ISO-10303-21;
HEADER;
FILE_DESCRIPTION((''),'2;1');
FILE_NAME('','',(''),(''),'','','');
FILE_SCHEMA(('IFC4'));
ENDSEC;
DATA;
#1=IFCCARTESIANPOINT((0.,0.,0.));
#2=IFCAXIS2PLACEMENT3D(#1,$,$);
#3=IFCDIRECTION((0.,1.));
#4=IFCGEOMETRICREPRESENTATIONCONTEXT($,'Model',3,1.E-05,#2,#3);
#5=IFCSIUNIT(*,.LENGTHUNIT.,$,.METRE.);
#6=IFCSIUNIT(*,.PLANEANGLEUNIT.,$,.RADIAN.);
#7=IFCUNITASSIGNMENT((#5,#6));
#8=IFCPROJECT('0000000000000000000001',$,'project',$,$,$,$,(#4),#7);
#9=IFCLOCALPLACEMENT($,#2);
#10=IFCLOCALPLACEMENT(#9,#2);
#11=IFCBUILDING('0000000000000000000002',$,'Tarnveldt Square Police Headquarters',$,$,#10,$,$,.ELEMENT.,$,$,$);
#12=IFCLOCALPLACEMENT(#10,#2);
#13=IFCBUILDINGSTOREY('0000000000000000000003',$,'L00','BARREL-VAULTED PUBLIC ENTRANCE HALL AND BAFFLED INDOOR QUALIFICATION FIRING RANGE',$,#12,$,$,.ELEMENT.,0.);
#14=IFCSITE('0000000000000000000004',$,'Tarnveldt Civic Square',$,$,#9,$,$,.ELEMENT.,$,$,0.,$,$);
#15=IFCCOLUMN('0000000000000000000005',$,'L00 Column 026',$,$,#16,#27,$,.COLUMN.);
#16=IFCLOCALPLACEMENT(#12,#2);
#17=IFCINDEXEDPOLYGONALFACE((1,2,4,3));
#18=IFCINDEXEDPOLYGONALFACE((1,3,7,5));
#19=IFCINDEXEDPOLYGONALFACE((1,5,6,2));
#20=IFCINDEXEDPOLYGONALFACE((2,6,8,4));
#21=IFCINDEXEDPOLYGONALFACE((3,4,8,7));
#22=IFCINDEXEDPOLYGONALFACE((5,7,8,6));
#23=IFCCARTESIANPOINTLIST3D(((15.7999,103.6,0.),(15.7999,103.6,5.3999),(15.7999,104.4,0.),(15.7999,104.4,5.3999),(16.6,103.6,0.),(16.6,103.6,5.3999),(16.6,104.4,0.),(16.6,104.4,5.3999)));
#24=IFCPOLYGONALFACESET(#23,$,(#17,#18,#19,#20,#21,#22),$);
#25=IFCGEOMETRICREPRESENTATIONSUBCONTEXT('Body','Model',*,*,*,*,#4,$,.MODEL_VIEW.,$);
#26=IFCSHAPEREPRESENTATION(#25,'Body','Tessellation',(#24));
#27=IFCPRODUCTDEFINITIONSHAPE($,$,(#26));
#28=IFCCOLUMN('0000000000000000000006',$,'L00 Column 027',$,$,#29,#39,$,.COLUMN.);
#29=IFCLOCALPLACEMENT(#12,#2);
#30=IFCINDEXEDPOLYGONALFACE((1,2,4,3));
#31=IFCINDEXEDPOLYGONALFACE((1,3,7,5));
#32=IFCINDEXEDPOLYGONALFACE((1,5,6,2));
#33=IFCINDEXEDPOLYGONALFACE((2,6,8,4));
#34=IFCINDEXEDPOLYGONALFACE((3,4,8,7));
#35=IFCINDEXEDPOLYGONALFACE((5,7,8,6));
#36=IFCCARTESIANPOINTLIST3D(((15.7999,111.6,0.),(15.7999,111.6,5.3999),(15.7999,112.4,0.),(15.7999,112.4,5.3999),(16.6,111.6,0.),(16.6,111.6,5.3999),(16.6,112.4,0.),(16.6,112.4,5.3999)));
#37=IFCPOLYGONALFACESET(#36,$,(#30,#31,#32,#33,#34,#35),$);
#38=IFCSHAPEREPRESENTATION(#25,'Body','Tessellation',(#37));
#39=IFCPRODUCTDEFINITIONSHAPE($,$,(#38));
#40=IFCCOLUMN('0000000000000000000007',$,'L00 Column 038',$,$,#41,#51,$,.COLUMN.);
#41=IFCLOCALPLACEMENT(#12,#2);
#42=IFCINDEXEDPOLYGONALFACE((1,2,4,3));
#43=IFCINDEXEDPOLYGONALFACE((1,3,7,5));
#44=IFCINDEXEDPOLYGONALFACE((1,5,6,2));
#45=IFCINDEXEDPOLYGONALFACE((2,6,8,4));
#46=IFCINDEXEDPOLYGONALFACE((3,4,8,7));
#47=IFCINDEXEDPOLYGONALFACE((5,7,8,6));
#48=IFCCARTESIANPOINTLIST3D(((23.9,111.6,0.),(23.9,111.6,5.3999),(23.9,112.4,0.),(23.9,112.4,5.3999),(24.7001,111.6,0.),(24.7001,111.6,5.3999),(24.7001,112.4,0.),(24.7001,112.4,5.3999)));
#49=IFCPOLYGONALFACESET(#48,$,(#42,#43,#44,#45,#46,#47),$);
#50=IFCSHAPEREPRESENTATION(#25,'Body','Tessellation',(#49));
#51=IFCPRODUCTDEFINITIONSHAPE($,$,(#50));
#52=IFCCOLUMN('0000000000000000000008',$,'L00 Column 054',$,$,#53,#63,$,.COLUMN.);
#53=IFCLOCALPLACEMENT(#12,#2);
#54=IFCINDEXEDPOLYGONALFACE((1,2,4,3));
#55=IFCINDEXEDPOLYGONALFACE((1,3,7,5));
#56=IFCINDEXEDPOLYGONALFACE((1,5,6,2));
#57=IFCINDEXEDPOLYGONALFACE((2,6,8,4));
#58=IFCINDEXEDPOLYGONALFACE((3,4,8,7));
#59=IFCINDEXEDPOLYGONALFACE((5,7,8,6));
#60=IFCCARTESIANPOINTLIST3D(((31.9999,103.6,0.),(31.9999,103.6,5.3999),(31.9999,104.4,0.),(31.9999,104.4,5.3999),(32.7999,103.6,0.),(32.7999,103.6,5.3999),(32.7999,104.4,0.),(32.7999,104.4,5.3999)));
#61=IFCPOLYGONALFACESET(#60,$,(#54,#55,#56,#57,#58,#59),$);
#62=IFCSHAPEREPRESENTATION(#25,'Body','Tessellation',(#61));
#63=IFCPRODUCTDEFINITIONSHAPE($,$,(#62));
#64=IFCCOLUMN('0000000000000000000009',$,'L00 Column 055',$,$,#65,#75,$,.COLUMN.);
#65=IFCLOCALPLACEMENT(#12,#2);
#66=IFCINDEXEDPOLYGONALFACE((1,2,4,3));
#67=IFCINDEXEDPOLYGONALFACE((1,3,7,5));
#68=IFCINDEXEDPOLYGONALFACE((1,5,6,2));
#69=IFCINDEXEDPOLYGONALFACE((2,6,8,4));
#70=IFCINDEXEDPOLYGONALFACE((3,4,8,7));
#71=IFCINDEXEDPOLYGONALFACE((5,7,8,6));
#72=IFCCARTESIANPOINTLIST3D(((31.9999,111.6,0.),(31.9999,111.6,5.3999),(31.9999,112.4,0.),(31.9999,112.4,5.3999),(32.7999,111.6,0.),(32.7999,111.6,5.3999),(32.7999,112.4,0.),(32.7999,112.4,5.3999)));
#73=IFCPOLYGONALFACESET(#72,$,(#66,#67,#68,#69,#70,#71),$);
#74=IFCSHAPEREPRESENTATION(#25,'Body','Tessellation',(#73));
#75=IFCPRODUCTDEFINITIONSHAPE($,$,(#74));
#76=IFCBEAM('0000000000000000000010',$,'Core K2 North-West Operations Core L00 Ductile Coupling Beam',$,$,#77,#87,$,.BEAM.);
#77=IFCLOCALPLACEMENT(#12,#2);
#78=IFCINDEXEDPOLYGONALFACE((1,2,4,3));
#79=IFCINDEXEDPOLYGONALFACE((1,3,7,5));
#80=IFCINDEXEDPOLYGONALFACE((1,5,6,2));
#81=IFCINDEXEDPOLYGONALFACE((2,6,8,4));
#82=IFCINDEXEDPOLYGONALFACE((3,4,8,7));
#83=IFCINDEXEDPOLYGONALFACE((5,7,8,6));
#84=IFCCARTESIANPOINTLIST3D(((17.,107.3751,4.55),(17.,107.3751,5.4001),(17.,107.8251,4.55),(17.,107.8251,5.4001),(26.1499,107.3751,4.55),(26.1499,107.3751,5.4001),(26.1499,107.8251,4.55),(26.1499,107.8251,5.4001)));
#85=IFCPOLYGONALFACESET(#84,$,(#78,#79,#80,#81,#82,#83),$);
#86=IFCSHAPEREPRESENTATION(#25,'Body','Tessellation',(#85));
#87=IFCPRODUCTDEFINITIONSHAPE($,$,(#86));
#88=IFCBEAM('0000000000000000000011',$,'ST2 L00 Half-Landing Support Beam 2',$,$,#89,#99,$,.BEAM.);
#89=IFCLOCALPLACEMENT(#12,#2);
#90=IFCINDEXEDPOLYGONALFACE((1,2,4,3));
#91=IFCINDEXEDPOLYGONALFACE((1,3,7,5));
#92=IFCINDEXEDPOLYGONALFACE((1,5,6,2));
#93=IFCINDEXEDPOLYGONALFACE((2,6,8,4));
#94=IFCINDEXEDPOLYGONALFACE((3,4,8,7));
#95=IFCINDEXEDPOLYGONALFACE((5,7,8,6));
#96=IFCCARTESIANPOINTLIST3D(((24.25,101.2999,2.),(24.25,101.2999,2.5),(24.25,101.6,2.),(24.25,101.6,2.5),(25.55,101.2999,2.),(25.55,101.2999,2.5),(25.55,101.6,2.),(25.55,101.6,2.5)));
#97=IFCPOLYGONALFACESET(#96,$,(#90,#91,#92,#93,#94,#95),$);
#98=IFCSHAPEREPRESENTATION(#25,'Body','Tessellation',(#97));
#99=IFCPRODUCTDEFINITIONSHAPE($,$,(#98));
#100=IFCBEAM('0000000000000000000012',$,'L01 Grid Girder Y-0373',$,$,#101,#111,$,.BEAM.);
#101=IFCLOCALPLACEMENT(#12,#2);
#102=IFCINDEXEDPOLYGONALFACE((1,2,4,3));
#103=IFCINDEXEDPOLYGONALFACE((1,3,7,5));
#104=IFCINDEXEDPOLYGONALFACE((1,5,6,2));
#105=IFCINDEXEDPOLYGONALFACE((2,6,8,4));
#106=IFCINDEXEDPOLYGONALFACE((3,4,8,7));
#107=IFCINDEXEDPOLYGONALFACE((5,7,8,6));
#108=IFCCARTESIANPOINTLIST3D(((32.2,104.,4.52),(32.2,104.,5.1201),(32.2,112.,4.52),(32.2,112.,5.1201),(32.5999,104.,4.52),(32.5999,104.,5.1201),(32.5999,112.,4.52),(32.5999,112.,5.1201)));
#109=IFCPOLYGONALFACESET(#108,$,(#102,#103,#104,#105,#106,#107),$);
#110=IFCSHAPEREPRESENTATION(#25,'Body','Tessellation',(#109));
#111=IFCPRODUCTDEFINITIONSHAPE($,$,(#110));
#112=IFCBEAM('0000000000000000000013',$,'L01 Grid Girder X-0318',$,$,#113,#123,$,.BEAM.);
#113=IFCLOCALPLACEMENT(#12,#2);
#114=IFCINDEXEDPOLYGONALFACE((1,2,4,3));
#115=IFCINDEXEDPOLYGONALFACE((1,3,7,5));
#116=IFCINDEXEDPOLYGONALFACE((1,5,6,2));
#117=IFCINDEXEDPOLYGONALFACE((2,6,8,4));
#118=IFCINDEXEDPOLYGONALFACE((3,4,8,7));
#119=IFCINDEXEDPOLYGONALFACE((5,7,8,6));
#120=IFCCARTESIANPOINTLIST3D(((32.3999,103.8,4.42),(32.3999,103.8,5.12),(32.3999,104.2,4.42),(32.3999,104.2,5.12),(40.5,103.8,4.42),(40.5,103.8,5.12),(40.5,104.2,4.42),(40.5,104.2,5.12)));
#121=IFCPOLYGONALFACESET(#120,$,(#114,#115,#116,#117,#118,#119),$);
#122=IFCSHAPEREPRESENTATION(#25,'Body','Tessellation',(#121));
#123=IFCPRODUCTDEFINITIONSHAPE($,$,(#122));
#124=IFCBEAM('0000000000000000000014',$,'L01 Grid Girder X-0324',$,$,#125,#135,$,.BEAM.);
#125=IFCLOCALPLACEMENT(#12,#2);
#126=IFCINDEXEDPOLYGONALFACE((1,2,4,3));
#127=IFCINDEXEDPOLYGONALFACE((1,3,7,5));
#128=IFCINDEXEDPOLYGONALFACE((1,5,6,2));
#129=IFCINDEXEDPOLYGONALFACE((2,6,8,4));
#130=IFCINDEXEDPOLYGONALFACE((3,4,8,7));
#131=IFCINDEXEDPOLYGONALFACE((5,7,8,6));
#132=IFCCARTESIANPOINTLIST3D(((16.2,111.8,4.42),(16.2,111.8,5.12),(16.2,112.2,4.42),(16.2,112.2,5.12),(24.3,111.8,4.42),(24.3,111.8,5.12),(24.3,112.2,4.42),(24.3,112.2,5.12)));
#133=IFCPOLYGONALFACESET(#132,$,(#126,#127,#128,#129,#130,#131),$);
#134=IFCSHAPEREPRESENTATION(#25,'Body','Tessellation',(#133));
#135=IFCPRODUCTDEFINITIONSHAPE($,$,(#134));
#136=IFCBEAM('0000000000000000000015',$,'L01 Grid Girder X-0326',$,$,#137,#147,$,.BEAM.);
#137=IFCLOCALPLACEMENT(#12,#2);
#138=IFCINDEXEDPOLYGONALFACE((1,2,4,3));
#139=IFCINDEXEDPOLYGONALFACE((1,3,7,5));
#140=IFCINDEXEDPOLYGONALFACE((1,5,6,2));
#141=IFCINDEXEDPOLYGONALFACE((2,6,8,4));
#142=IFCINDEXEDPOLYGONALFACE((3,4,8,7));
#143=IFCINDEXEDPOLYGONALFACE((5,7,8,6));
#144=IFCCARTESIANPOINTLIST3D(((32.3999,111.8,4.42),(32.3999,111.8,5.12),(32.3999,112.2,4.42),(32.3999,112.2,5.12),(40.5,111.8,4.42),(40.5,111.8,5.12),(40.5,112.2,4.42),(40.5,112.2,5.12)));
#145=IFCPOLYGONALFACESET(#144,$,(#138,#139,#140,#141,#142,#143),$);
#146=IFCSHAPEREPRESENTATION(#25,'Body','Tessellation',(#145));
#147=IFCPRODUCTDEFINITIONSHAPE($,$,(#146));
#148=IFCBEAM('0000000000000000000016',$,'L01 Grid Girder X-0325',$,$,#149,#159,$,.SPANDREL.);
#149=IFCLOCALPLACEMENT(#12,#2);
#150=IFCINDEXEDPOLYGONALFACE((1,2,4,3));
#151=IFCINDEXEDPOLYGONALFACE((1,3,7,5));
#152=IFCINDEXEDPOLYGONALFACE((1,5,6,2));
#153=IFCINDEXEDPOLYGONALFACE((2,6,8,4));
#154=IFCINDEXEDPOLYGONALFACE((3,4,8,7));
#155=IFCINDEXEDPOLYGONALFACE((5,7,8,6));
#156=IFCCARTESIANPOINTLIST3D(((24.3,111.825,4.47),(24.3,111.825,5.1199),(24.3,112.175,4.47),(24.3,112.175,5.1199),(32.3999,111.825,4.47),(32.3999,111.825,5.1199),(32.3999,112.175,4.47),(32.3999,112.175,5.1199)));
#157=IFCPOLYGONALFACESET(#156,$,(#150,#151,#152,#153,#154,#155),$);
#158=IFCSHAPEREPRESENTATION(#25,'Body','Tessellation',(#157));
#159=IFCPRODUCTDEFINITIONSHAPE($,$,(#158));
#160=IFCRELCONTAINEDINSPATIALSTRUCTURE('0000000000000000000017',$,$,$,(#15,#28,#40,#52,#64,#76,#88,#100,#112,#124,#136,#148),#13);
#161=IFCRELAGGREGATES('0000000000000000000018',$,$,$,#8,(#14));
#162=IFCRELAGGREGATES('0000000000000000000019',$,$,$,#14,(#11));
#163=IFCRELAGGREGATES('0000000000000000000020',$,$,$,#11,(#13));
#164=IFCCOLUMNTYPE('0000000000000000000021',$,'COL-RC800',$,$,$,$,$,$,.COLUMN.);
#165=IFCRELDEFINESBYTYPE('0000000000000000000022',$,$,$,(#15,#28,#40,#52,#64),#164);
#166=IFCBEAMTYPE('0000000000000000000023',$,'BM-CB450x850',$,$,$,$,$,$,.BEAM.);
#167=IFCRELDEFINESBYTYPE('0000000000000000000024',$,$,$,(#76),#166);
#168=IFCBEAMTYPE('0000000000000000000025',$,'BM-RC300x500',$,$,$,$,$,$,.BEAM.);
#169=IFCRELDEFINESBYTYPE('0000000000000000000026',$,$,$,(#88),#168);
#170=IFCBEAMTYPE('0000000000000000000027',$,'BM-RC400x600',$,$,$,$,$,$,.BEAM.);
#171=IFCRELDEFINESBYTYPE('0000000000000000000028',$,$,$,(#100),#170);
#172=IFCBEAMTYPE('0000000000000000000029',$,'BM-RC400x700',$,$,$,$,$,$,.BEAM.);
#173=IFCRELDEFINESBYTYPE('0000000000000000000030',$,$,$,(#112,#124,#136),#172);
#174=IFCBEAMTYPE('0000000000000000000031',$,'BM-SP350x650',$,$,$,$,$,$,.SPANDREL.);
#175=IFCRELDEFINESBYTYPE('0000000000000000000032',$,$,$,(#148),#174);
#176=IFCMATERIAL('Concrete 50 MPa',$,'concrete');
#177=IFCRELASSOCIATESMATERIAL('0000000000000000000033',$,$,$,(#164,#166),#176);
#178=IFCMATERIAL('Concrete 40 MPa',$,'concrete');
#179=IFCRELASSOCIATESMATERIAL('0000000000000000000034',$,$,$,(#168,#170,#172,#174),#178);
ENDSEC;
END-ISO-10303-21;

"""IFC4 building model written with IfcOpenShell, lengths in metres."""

from ifc_helpers import new_model, si_unit, direction, frame, origin, origin_2d, place, context, subcontext, project, spatial, rectangle, extrude, material, material_profile, profile_set, type_object, element, save


model = new_model("IFC4")

# Units and contexts
model_context = context("Model", 3, precision=1e-05, world=origin(), true_north=direction((0.0, 1.0)))
body_context = subcontext(model_context, "Body", "Model", "MODEL_VIEW")
ifc_project = project(units=[si_unit("LENGTHUNIT", "METRE"), si_unit("PLANEANGLEUNIT", "RADIAN")], contexts=[model_context])

# Site, building, storey
site_placement = place(None, origin())
site = spatial("IfcSite", under=ifc_project, at=site_placement, Name="Tarnveldt Civic Square", CompositionType="ELEMENT", RefElevation=0.0)
building_placement = place(site_placement, origin())
building = spatial("IfcBuilding", under=site, at=building_placement, Name="Tarnveldt Square Police Headquarters", CompositionType="ELEMENT")
storey_placement = place(building_placement, origin())
storey = spatial("IfcBuildingStorey", under=building, at=storey_placement, Name="L00", Description="BARREL-VAULTED PUBLIC ENTRANCE HALL AND BAFFLED INDOOR QUALIFICATION FIRING RANGE", CompositionType="ELEMENT", Elevation=0.0)

# Columns
ifc_material_1 = material(Name="Concrete 50 MPa", Category="concrete")
ifc_material_profile_1 = material_profile(ifc_material_1, rectangle(XDim=0.8, YDim=0.8, at=origin_2d()), Name="RC-C800x800")
ifc_profile_set_1 = profile_set([ifc_material_profile_1], Name="Concrete 50 MPa")
column_type = type_object("IfcColumnType", Name="COL-RC800", PredefinedType="COLUMN", material=ifc_profile_set_1)
for number, where, z_axis, x_axis, name in (
    (1, (16.2, 104.0, 0.0), (0.0, 0.0, 1.0), (1.0, 0.0, 0.0), "L00 Column 026"),
    (2, (16.2, 112.0, 0.0), (0.0, 0.0, 1.0), (1.0, 0.0, 0.0), "L00 Column 027"),
    (3, (24.3, 112.0, 0.0), (0.0, 0.0, 1.0), (1.0, 0.0, 0.0), "L00 Column 038"),
    (4, (32.3999, 104.0, 0.0), (0.0, 0.0, 1.0), (1.0, 0.0, 0.0), "L00 Column 054"),
    (5, (32.3999, 112.0, 0.0), (0.0, 0.0, 1.0), (1.0, 0.0, 0.0), "L00 Column 055"),
):
    element("IfcColumn", number, at=place(storey_placement, frame(where, z_axis=z_axis, x_axis=x_axis)), inside=storey, type_object=column_type, Name=name, PredefinedType="COLUMN", context=body_context, shape_type="SweptSolid", body=[
        extrude(rectangle(XDim=0.8, YDim=0.8, at=origin_2d()), origin(), (0.0, 0.0, 1.0), 5.3999),
    ])

# Beams
ifc_material_profile_2 = material_profile(ifc_material_1, rectangle(XDim=0.45, YDim=0.8501, at=origin_2d()), Name="RC-CB450x850")
ifc_profile_set_2 = profile_set([ifc_material_profile_2], Name="Concrete 50 MPa")
beam_type_1 = type_object("IfcBeamType", Name="BM-CB450x850", PredefinedType="BEAM", material=ifc_profile_set_2)
beam_1_placement = place(storey_placement, frame((17.0, 107.6001, 4.9751), z_axis=(1.0, 0.0, 0.0), x_axis=(0.0, 1.0, 0.0)))
element("IfcBeam", 6, at=beam_1_placement, inside=storey, type_object=beam_type_1, Name="Core K2 North-West Operations Core L00 Ductile Coupling Beam", PredefinedType="BEAM", context=body_context, shape_type="SweptSolid", body=[
    extrude(rectangle(XDim=0.45, YDim=0.8501, at=origin_2d()), origin(), (0.0, 0.0, 1.0), 9.1499),
])
ifc_material_2 = material(Name="Concrete 40 MPa", Category="concrete")
ifc_material_profile_3 = material_profile(ifc_material_2, rectangle(XDim=0.3, YDim=0.5, at=origin_2d()), Name="RC-B300x500")
ifc_profile_set_3 = profile_set([ifc_material_profile_3], Name="Concrete 40 MPa")
beam_type_2 = type_object("IfcBeamType", Name="BM-RC300x500", PredefinedType="BEAM", material=ifc_profile_set_3)
beam_2_placement = place(storey_placement, frame((24.25, 101.45, 2.25), z_axis=(1.0, 0.0, 0.0), x_axis=(0.0, 1.0, 0.0)))
element("IfcBeam", 7, at=beam_2_placement, inside=storey, type_object=beam_type_2, Name="ST2 L00 Half-Landing Support Beam 2", PredefinedType="BEAM", context=body_context, shape_type="SweptSolid", body=[
    extrude(rectangle(XDim=0.3, YDim=0.5, at=origin_2d()), origin(), (0.0, 0.0, 1.0), 1.3),
])
ifc_material_profile_4 = material_profile(ifc_material_2, rectangle(XDim=0.3999, YDim=0.6001, at=origin_2d()), Name="RC-B400x600")
ifc_profile_set_4 = profile_set([ifc_material_profile_4], Name="Concrete 40 MPa")
beam_type_3 = type_object("IfcBeamType", Name="BM-RC400x600", PredefinedType="BEAM", material=ifc_profile_set_4)
beam_3_placement = place(storey_placement, frame((32.3999, 104.0, 4.8201), z_axis=(0.0, 1.0, 0.0), x_axis=(-1.0, 0.0, 0.0)))
element("IfcBeam", 8, at=beam_3_placement, inside=storey, type_object=beam_type_3, Name="L01 Grid Girder Y-0373", PredefinedType="BEAM", context=body_context, shape_type="SweptSolid", body=[
    extrude(rectangle(XDim=0.3999, YDim=0.6001, at=origin_2d()), origin(), (0.0, 0.0, 1.0), 8.0),
])
ifc_material_profile_5 = material_profile(ifc_material_2, rectangle(XDim=0.3999, YDim=0.7, at=origin_2d()), Name="RC-B400x700")
ifc_profile_set_5 = profile_set([ifc_material_profile_5], Name="Concrete 40 MPa")
beam_type_4 = type_object("IfcBeamType", Name="BM-RC400x700", PredefinedType="BEAM", material=ifc_profile_set_5)
for number, where, z_axis, x_axis, name in (
    (9, (32.3999, 104.0, 4.77), (1.0, 0.0, 0.0), (0.0, 1.0, 0.0), "L01 Grid Girder X-0318"),
    (10, (16.2, 112.0, 4.77), (1.0, 0.0, 0.0), (0.0, 1.0, 0.0), "L01 Grid Girder X-0324"),
    (11, (32.3999, 112.0, 4.77), (1.0, 0.0, 0.0), (0.0, 1.0, 0.0), "L01 Grid Girder X-0326"),
):
    element("IfcBeam", number, at=place(storey_placement, frame(where, z_axis=z_axis, x_axis=x_axis)), inside=storey, type_object=beam_type_4, Name=name, PredefinedType="BEAM", context=body_context, shape_type="SweptSolid", body=[
        extrude(rectangle(XDim=0.3999, YDim=0.7, at=origin_2d()), origin(), (0.0, 0.0, 1.0), 8.1001),
    ])
ifc_material_profile_6 = material_profile(ifc_material_2, rectangle(XDim=0.3501, YDim=0.6499, at=origin_2d()), Name="RC-SP350x650")
ifc_profile_set_6 = profile_set([ifc_material_profile_6], Name="Concrete 40 MPa")
beam_type_5 = type_object("IfcBeamType", Name="BM-SP350x650", PredefinedType="SPANDREL", material=ifc_profile_set_6)
beam_4_placement = place(storey_placement, frame((24.3, 112.0, 4.7949), z_axis=(1.0, 0.0, 0.0), x_axis=(0.0, 1.0, 0.0)))
element("IfcBeam", 12, at=beam_4_placement, inside=storey, type_object=beam_type_5, Name="L01 Grid Girder X-0325", PredefinedType="SPANDREL", context=body_context, shape_type="SweptSolid", body=[
    extrude(rectangle(XDim=0.3501, YDim=0.6499, at=origin_2d()), origin(), (0.0, 0.0, 1.0), 8.0999),
])

save(model, "model.ifc")
